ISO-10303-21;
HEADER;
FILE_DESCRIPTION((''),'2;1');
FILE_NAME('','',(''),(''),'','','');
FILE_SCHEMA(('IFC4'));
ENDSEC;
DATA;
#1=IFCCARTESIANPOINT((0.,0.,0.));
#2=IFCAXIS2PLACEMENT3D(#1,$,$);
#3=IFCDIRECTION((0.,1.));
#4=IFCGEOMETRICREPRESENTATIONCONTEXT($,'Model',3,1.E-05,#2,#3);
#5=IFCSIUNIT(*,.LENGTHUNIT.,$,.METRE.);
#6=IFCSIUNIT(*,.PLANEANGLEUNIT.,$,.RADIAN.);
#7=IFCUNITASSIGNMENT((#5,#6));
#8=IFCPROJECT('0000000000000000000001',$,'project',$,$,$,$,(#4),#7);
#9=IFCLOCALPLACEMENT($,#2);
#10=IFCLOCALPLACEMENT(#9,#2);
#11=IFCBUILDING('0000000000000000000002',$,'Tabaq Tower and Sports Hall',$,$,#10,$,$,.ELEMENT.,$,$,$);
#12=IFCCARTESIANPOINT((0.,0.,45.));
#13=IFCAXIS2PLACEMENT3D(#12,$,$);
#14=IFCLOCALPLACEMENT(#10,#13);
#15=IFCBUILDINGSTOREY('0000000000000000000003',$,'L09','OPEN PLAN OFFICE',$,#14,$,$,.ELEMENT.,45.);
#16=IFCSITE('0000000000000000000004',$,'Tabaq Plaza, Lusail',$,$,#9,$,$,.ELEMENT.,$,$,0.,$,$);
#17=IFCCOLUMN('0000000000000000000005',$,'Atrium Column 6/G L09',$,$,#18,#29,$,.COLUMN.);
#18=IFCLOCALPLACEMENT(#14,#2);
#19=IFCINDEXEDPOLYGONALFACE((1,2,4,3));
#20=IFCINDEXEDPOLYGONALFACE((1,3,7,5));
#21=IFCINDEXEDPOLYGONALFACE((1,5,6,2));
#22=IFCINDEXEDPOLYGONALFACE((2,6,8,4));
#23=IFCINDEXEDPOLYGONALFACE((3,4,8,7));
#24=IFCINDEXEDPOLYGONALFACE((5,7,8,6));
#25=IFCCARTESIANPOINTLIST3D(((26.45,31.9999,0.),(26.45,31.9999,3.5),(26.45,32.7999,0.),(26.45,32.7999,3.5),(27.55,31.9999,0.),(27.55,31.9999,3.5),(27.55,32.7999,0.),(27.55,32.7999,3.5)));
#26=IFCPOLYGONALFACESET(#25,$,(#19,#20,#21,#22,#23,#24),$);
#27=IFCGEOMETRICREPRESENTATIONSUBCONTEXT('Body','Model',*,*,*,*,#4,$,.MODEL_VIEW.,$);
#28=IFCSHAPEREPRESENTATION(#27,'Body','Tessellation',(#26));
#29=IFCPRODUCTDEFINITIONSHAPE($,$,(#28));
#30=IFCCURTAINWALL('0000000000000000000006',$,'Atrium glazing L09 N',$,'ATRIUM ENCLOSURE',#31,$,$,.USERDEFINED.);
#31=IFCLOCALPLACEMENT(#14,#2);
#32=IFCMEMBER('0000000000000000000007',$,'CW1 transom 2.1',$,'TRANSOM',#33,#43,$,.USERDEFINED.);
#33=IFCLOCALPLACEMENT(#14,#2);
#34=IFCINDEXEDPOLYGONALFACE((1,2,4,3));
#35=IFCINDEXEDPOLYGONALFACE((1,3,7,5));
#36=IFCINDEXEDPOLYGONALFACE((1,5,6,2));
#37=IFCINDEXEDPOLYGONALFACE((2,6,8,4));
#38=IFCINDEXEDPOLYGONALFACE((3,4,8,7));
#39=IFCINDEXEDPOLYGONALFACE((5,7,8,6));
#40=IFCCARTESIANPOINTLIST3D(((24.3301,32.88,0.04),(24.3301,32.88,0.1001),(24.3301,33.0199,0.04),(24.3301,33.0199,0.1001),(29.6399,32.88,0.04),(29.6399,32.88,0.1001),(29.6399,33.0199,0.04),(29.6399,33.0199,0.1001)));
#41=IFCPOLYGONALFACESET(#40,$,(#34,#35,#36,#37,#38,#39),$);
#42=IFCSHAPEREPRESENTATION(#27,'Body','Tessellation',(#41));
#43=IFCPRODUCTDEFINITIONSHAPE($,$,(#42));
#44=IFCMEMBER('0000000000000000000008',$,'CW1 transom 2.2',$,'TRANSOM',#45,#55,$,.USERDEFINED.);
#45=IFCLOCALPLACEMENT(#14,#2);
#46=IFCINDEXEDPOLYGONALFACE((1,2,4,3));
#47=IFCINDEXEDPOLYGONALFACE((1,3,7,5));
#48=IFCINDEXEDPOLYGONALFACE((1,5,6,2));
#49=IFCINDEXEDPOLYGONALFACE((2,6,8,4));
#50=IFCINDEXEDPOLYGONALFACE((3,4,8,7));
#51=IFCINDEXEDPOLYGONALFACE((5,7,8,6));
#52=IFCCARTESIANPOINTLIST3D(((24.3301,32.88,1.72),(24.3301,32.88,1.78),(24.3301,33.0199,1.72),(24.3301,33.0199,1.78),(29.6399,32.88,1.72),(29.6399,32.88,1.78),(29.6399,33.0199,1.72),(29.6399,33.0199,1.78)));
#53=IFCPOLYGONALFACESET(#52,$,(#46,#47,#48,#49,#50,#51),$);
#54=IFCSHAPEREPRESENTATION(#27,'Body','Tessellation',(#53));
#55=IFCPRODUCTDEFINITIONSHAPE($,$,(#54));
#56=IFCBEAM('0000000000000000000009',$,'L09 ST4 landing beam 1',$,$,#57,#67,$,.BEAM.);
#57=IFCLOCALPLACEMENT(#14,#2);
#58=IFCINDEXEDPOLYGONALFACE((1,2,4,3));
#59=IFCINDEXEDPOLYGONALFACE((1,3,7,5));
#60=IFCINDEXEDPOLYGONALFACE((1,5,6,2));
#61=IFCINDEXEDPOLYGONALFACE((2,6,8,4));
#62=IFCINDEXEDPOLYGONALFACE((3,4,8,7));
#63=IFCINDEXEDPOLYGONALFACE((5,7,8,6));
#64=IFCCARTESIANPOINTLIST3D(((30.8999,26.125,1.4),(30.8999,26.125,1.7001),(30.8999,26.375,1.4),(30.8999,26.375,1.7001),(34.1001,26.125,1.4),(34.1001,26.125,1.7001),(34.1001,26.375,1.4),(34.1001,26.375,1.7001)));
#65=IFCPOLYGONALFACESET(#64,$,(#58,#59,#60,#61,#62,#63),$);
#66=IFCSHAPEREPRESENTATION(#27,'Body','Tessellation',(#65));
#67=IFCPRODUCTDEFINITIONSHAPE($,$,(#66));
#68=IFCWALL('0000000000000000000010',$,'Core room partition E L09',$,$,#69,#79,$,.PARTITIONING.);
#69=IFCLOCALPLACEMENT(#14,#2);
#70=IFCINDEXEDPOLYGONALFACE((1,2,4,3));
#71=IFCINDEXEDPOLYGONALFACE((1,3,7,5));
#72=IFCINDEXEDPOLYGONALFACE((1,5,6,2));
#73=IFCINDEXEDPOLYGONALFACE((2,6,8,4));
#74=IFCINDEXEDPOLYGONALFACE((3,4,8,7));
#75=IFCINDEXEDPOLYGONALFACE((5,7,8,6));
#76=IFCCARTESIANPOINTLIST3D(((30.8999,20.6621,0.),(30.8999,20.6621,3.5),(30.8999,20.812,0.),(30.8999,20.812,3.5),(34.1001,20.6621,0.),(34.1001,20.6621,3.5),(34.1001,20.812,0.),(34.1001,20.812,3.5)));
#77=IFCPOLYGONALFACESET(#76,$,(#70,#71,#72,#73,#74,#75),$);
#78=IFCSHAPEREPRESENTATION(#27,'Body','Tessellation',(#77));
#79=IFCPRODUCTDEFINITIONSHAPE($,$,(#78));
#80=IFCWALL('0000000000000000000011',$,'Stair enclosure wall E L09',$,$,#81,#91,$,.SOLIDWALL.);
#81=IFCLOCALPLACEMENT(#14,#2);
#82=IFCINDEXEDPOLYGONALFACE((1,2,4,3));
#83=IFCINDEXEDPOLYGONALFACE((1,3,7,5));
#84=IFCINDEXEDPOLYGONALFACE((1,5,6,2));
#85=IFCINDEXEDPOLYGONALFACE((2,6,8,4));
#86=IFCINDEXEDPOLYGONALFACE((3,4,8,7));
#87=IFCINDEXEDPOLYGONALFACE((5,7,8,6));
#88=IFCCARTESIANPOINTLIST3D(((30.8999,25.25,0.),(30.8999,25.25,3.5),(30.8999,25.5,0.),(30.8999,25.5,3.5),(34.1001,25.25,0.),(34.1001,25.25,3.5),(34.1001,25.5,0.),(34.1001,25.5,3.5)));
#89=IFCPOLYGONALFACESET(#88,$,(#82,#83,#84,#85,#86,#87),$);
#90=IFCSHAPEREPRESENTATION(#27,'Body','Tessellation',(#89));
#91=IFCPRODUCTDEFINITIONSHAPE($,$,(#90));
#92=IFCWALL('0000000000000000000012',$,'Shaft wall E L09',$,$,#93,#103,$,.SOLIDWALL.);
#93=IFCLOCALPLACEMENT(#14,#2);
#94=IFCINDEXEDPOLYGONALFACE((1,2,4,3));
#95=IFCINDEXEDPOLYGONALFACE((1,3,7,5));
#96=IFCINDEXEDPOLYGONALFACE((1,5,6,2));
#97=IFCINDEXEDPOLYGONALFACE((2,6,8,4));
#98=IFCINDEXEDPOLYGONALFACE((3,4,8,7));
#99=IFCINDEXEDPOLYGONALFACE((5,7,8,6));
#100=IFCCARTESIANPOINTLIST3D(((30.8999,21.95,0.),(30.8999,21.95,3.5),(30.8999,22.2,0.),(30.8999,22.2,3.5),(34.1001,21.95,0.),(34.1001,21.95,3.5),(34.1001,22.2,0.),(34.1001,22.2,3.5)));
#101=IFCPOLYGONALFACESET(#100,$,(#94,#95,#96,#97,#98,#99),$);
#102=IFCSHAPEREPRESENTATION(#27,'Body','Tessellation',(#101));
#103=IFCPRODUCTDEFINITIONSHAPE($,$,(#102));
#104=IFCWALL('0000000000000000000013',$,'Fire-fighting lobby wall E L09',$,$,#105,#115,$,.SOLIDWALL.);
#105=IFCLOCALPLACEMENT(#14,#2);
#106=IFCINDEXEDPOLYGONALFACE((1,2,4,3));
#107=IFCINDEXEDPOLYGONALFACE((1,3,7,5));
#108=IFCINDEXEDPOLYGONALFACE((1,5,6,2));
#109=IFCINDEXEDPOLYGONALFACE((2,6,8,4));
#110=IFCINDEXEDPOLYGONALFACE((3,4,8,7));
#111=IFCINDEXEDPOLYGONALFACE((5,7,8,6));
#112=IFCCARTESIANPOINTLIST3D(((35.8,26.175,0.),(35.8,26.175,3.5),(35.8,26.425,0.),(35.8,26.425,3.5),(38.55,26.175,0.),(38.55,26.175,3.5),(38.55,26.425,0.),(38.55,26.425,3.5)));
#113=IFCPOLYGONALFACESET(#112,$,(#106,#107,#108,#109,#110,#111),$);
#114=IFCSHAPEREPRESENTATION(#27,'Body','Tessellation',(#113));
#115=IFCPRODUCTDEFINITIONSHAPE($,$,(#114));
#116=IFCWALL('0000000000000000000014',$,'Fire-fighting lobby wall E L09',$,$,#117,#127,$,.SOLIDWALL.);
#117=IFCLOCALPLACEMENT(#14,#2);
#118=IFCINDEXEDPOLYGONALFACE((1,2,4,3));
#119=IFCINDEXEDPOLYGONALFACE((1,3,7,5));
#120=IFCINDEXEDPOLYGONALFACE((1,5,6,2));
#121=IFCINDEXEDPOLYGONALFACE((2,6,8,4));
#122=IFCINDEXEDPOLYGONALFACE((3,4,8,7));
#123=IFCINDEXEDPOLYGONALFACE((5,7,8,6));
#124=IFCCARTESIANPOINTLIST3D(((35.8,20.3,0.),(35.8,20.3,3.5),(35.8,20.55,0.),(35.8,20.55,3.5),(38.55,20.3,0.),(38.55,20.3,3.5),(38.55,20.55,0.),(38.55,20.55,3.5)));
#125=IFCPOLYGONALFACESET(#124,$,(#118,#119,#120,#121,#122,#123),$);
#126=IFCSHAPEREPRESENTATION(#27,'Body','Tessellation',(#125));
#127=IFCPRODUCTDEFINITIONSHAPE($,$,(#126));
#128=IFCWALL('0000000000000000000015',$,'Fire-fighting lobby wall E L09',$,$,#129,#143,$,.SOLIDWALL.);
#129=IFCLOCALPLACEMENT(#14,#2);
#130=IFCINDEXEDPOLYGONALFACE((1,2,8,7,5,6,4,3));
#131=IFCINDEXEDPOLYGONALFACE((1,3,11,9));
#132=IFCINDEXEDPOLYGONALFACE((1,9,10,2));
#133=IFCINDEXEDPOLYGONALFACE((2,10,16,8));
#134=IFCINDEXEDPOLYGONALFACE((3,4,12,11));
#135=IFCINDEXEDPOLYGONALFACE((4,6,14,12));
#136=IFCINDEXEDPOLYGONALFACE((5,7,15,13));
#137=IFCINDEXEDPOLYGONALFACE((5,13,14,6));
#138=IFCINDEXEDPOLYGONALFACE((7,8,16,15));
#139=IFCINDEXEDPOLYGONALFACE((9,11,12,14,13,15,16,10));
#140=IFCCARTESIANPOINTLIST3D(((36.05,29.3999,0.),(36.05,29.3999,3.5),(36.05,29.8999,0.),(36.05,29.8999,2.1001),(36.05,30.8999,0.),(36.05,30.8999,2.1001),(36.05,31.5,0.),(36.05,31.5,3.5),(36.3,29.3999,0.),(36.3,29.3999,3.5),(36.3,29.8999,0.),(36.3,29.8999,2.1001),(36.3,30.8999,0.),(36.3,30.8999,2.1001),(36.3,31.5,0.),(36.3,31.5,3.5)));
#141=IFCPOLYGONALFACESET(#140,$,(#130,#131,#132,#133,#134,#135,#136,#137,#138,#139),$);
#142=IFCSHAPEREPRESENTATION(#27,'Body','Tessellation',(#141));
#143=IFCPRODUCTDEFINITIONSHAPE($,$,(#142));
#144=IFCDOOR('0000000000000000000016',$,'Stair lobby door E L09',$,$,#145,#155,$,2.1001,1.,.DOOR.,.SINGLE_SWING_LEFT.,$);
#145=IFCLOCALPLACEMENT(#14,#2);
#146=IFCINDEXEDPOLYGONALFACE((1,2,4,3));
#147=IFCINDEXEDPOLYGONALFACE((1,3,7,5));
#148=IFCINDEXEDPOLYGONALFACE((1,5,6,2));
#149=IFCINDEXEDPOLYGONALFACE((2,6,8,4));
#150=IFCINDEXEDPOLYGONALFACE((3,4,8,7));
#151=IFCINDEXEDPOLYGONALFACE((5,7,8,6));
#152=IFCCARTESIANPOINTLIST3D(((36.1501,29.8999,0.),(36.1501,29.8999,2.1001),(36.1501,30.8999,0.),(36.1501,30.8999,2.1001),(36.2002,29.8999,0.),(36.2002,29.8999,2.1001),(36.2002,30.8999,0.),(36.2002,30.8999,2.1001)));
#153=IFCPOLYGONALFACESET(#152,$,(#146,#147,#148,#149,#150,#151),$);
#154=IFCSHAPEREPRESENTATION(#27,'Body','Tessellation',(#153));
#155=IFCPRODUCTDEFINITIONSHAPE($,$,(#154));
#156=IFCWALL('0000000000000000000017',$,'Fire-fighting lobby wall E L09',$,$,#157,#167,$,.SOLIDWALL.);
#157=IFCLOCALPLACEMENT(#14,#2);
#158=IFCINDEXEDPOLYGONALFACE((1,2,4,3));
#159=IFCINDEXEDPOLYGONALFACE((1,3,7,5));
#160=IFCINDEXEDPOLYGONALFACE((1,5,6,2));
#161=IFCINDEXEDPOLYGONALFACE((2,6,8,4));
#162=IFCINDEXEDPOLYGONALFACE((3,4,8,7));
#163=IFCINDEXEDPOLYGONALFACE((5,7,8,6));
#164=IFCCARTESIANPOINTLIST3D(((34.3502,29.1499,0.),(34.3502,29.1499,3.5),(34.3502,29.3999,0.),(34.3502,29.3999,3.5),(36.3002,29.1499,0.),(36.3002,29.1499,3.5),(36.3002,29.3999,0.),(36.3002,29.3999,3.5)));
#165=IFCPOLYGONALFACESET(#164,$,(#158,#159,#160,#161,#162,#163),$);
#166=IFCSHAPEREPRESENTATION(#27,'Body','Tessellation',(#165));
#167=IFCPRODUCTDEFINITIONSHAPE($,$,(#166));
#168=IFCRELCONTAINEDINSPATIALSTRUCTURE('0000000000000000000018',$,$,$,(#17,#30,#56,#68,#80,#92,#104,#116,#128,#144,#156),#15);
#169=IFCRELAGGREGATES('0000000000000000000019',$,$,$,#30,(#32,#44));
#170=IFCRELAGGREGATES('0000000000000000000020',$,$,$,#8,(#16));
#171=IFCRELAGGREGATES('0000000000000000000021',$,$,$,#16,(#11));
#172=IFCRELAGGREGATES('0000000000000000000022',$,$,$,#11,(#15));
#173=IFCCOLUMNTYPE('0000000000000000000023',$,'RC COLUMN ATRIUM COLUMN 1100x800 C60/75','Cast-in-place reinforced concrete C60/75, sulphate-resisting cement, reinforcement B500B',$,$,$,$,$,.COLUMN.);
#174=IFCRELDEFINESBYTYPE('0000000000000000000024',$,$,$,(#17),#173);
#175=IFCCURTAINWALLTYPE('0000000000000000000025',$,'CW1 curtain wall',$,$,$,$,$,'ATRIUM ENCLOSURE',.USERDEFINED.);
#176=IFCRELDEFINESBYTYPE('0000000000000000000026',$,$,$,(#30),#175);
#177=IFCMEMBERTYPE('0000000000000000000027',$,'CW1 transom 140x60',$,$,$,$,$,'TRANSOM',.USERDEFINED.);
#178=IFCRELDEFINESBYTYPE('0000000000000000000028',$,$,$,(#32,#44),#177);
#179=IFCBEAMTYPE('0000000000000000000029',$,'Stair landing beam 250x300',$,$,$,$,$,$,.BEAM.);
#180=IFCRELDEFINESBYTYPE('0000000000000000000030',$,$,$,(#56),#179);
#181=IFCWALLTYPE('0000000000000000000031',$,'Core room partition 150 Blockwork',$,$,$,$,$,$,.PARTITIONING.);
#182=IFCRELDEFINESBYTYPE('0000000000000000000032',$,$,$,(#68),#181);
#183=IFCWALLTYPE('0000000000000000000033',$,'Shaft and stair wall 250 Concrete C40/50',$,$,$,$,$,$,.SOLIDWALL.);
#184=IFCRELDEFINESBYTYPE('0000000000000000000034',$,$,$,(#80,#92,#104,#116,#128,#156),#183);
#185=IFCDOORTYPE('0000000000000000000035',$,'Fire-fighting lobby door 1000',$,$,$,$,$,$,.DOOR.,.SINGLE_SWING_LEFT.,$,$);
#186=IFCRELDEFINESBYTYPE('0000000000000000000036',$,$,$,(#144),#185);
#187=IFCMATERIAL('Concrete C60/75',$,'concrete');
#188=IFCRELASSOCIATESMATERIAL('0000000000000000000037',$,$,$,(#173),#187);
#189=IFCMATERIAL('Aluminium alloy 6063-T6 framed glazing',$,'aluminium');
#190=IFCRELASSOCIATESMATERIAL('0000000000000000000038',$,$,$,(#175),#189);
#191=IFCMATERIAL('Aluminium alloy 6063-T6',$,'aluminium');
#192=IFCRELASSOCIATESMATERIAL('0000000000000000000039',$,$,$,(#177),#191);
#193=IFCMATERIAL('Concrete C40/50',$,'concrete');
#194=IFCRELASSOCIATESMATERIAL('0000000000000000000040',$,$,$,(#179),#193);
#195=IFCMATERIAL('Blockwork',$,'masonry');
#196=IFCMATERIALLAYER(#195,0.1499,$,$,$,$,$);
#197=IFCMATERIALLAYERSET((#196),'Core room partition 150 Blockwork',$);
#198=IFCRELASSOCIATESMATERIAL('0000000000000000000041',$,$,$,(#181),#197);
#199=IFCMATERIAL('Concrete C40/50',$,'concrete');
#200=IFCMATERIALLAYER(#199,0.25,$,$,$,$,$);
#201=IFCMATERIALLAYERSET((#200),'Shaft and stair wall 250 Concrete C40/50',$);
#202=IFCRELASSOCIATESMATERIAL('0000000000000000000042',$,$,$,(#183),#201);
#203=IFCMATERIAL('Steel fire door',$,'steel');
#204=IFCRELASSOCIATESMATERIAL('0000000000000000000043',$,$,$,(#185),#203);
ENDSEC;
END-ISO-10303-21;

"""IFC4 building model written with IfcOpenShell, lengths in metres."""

from ifc_helpers import new_model, si_unit, direction, frame, frame_2d, origin, origin_2d, place, context, subcontext, project, spatial, rectangle, extrude, material, layer, layer_set, material_profile, profile_set, type_object, element, fill, aggregate, save


model = new_model("IFC4")

# Units and contexts
model_context = context("Model", 3, precision=1e-05, world=origin(), true_north=direction((0.0, 1.0)))
body_context = subcontext(model_context, "Body", "Model", "MODEL_VIEW")
ifc_project = project(units=[si_unit("LENGTHUNIT", "METRE"), si_unit("PLANEANGLEUNIT", "RADIAN")], contexts=[model_context])

# Site, building, storey
site_placement = place(None, origin())
site = spatial("IfcSite", under=ifc_project, at=site_placement, Name="Tabaq Plaza, Lusail", CompositionType="ELEMENT", RefElevation=0.0)
building_placement = place(site_placement, origin())
building = spatial("IfcBuilding", under=site, at=building_placement, Name="Tabaq Tower and Sports Hall", CompositionType="ELEMENT")
storey_placement = place(building_placement, frame((0.0, 0.0, 45.0)))
storey = spatial("IfcBuildingStorey", under=building, at=storey_placement, Name="L09", Description="OPEN PLAN OFFICE", CompositionType="ELEMENT", Elevation=45.0)

# Column
ifc_material_1 = material(Name="Concrete C60/75", Category="concrete")
ifc_material_profile_1 = material_profile(ifc_material_1, rectangle(XDim=1.1001, YDim=0.8, at=origin_2d()), Name="ATRIUM COLUMN 1100x800")
ifc_profile_set_1 = profile_set([ifc_material_profile_1], Name="Concrete C60/75")
column_type = type_object("IfcColumnType", Name="RC COLUMN ATRIUM COLUMN 1100x800 C60/75", Description="Cast-in-place reinforced concrete C60/75, sulphate-resisting cement, reinforcement B500B", PredefinedType="COLUMN", material=ifc_profile_set_1)
column_placement = place(storey_placement, frame((27.0, 32.3999, 0.0), z_axis=(0.0, 0.0, 1.0), x_axis=(1.0, 0.0, 0.0)))
element("IfcColumn", 1, at=column_placement, inside=storey, type_object=column_type, Name="Atrium Column 6/G L09", PredefinedType="COLUMN", context=body_context, shape_type="SweptSolid", body=[
    extrude(rectangle(XDim=1.1001, YDim=0.8, at=origin_2d()), origin(), (0.0, 0.0, 1.0), 3.5),
])

# Curtain wall, members
ifc_material_2 = material(Name="Aluminium alloy 6063-T6 framed glazing", Category="aluminium")
curtain_wall_type = type_object("IfcCurtainWallType", Name="CW1 curtain wall", ElementType="ATRIUM ENCLOSURE", PredefinedType="USERDEFINED", material=ifc_material_2)
curtain_wall_placement = place(storey_placement, origin())
curtain_wall = element("IfcCurtainWall", 2, at=curtain_wall_placement, inside=storey, type_object=curtain_wall_type, Name="Atrium glazing L09 N", ObjectType="ATRIUM ENCLOSURE", PredefinedType="USERDEFINED")
ifc_material_3 = material(Name="Aluminium alloy 6063-T6", Category="aluminium")
ifc_material_profile_2 = material_profile(ifc_material_3, rectangle(XDim=0.1399, YDim=0.0601, at=origin_2d()), Name="TRANSOM 140x60")
ifc_profile_set_2 = profile_set([ifc_material_profile_2], Name="Aluminium alloy 6063-T6")
member_type = type_object("IfcMemberType", Name="CW1 transom 140x60", ElementType="TRANSOM", PredefinedType="USERDEFINED", material=ifc_profile_set_2)
member_1_placement = place(storey_placement, frame((24.3301, 32.95, 0.0701), z_axis=(1.0, 0.0, 0.0), x_axis=(0.0, 1.0, 0.0)))
member_1 = element("IfcMember", 3, at=member_1_placement, type_object=member_type, Name="CW1 transom 2.1", ObjectType="TRANSOM", PredefinedType="USERDEFINED", context=body_context, shape_type="SweptSolid", body=[
    extrude(rectangle(XDim=0.1399, YDim=0.0601, at=origin_2d()), origin(), (0.0, 0.0, 1.0), 5.3098),
])
member_2_placement = place(storey_placement, frame((24.3301, 32.95, 1.75), z_axis=(1.0, 0.0, 0.0), x_axis=(0.0, 1.0, 0.0)))
member_2 = element("IfcMember", 4, at=member_2_placement, type_object=member_type, Name="CW1 transom 2.2", ObjectType="TRANSOM", PredefinedType="USERDEFINED", context=body_context, shape_type="SweptSolid", body=[
    extrude(rectangle(XDim=0.1399, YDim=0.0601, at=origin_2d()), origin(), (0.0, 0.0, 1.0), 5.3098),
])
aggregate(curtain_wall, [member_1, member_2])

# Beam
ifc_material_4 = material(Name="Concrete C40/50", Category="concrete")
ifc_material_profile_3 = material_profile(ifc_material_4, rectangle(XDim=0.25, YDim=0.3, at=origin_2d()), Name="RC 250x300")
ifc_profile_set_3 = profile_set([ifc_material_profile_3], Name="Concrete C40/50")
beam_type = type_object("IfcBeamType", Name="Stair landing beam 250x300", PredefinedType="BEAM", material=ifc_profile_set_3)
beam_placement = place(storey_placement, frame((30.8999, 26.25, 1.55), z_axis=(1.0, 0.0, 0.0), x_axis=(0.0, 1.0, 0.0)))
element("IfcBeam", 5, at=beam_placement, inside=storey, type_object=beam_type, Name="L09 ST4 landing beam 1", PredefinedType="BEAM", context=body_context, shape_type="SweptSolid", body=[
    extrude(rectangle(XDim=0.25, YDim=0.3, at=origin_2d()), origin(), (0.0, 0.0, 1.0), 3.2002),
])

# Wall
ifc_material_5 = material(Name="Blockwork", Category="masonry")
ifc_layer_1 = layer(ifc_material_5, 0.1499)
ifc_layer_set_1 = layer_set([ifc_layer_1], Name="Core room partition 150 Blockwork")
wall_type_1 = type_object("IfcWallType", Name="Core room partition 150 Blockwork", PredefinedType="PARTITIONING", material=ifc_layer_set_1)
wall_1_placement = place(storey_placement, frame((30.8999, 20.7371, 0.0), z_axis=(0.0, 0.0, 1.0), x_axis=(1.0, 0.0, 0.0)))
element("IfcWall", 6, at=wall_1_placement, inside=storey, type_object=wall_type_1, Name="Core room partition E L09", PredefinedType="PARTITIONING", context=body_context, shape_type="SweptSolid", body=[
    extrude(rectangle(XDim=3.2002, YDim=0.1499, at=frame_2d((1.6001, 0.0))), origin(), (0.0, 0.0, 1.0), 3.5),
])

# Walls
ifc_material_6 = material(Name="Concrete C40/50", Category="concrete")
ifc_layer_2 = layer(ifc_material_6, 0.25)
ifc_layer_set_2 = layer_set([ifc_layer_2], Name="Shaft and stair wall 250 Concrete C40/50")
wall_type_2 = type_object("IfcWallType", Name="Shaft and stair wall 250 Concrete C40/50", PredefinedType="SOLIDWALL", material=ifc_layer_set_2)
for number, where, z_axis, x_axis, name in (
    (7, (30.8999, 25.375, 0.0), (0.0, 0.0, 1.0), (1.0, 0.0, 0.0), "Stair enclosure wall E L09"),
    (8, (30.8999, 22.075, 0.0), (0.0, 0.0, 1.0), (1.0, 0.0, 0.0), "Shaft wall E L09"),
):
    element("IfcWall", number, at=place(storey_placement, frame(where, z_axis=z_axis, x_axis=x_axis)), inside=storey, type_object=wall_type_2, Name=name, PredefinedType="SOLIDWALL", context=body_context, shape_type="SweptSolid", body=[
        extrude(rectangle(XDim=3.2002, YDim=0.25, at=frame_2d((1.6001, 0.0))), origin(), (0.0, 0.0, 1.0), 3.5),
    ])
for number, where, z_axis, x_axis, name in (
    (9, (35.8, 26.3, 0.0), (0.0, 0.0, 1.0), (1.0, 0.0, 0.0), "Fire-fighting lobby wall E L09"),
    (10, (35.8, 20.425, 0.0), (0.0, 0.0, 1.0), (1.0, 0.0, 0.0), "Fire-fighting lobby wall E L09"),
):
    element("IfcWall", number, at=place(storey_placement, frame(where, z_axis=z_axis, x_axis=x_axis)), inside=storey, type_object=wall_type_2, Name=name, PredefinedType="SOLIDWALL", context=body_context, shape_type="SweptSolid", body=[
        extrude(rectangle(XDim=2.75, YDim=0.25, at=frame_2d((1.375, 0.0))), origin(), (0.0, 0.0, 1.0), 3.5),
    ])

# Wall, opening, door
wall_2_placement = place(storey_placement, frame((36.175, 29.3999, 0.0), z_axis=(0.0, 0.0, 1.0), x_axis=(0.0, 1.0, 0.0)))
wall_2 = element("IfcWall", 11, at=wall_2_placement, inside=storey, type_object=wall_type_2, Name="Fire-fighting lobby wall E L09", PredefinedType="SOLIDWALL", context=body_context, shape_type="SweptSolid", body=[
    extrude(rectangle(XDim=2.1001, YDim=0.25, at=frame_2d((1.05, 0.0))), origin(), (0.0, 0.0, 1.0), 3.5),
])
opening_1_placement = place(wall_2_placement, frame((0.5, 0.0, 0.0)))
opening_1 = element("IfcOpeningElement", 12, at=opening_1_placement, cuts=wall_2, PredefinedType="OPENING", context=body_context, shape_type="SweptSolid", body=[
    extrude(rectangle(XDim=1.0, YDim=2.1001, at=frame_2d((0.5, 1.05))), frame((0.0, 0.125, 0.0), z_axis=(0.0, -1.0, 0.0), x_axis=(1.0, 0.0, 0.0)), (0.0, 0.0, 1.0), 0.25),
])
ifc_material_7 = material(Name="Steel fire door", Category="steel")
door_type_1 = type_object("IfcDoorType", Name="Fire-fighting lobby door 1000", OperationType="SINGLE_SWING_LEFT", PredefinedType="DOOR", material=ifc_material_7)
door_1_placement = place(opening_1_placement, origin())
door_1 = element("IfcDoor", 13, at=door_1_placement, inside=storey, type_object=door_type_1, Name="Stair lobby door E L09", OperationType="SINGLE_SWING_LEFT", OverallHeight=2.1001, OverallWidth=1.0, PredefinedType="DOOR", context=body_context, shape_type="SweptSolid", body=[
    extrude(rectangle(XDim=1.0, YDim=2.1001, at=frame_2d((0.5, 1.05))), frame((0.0, 0.0249, 0.0), z_axis=(0.0, -1.0, 0.0), x_axis=(1.0, 0.0, 0.0)), (0.0, 0.0, 1.0), 0.05),
])
fill(opening_1, door_1)

# Wall
wall_3_placement = place(storey_placement, frame((34.3501, 29.2749, 0.0), z_axis=(0.0, 0.0, 1.0), x_axis=(1.0, 0.0, 0.0)))
element("IfcWall", 14, at=wall_3_placement, inside=storey, type_object=wall_type_2, Name="Fire-fighting lobby wall E L09", PredefinedType="SOLIDWALL", context=body_context, shape_type="SweptSolid", body=[
    extrude(rectangle(XDim=1.95, YDim=0.25, at=frame_2d((0.9751, 0.0))), origin(), (0.0, 0.0, 1.0), 3.5),
])

save(model, "model.ifc")
